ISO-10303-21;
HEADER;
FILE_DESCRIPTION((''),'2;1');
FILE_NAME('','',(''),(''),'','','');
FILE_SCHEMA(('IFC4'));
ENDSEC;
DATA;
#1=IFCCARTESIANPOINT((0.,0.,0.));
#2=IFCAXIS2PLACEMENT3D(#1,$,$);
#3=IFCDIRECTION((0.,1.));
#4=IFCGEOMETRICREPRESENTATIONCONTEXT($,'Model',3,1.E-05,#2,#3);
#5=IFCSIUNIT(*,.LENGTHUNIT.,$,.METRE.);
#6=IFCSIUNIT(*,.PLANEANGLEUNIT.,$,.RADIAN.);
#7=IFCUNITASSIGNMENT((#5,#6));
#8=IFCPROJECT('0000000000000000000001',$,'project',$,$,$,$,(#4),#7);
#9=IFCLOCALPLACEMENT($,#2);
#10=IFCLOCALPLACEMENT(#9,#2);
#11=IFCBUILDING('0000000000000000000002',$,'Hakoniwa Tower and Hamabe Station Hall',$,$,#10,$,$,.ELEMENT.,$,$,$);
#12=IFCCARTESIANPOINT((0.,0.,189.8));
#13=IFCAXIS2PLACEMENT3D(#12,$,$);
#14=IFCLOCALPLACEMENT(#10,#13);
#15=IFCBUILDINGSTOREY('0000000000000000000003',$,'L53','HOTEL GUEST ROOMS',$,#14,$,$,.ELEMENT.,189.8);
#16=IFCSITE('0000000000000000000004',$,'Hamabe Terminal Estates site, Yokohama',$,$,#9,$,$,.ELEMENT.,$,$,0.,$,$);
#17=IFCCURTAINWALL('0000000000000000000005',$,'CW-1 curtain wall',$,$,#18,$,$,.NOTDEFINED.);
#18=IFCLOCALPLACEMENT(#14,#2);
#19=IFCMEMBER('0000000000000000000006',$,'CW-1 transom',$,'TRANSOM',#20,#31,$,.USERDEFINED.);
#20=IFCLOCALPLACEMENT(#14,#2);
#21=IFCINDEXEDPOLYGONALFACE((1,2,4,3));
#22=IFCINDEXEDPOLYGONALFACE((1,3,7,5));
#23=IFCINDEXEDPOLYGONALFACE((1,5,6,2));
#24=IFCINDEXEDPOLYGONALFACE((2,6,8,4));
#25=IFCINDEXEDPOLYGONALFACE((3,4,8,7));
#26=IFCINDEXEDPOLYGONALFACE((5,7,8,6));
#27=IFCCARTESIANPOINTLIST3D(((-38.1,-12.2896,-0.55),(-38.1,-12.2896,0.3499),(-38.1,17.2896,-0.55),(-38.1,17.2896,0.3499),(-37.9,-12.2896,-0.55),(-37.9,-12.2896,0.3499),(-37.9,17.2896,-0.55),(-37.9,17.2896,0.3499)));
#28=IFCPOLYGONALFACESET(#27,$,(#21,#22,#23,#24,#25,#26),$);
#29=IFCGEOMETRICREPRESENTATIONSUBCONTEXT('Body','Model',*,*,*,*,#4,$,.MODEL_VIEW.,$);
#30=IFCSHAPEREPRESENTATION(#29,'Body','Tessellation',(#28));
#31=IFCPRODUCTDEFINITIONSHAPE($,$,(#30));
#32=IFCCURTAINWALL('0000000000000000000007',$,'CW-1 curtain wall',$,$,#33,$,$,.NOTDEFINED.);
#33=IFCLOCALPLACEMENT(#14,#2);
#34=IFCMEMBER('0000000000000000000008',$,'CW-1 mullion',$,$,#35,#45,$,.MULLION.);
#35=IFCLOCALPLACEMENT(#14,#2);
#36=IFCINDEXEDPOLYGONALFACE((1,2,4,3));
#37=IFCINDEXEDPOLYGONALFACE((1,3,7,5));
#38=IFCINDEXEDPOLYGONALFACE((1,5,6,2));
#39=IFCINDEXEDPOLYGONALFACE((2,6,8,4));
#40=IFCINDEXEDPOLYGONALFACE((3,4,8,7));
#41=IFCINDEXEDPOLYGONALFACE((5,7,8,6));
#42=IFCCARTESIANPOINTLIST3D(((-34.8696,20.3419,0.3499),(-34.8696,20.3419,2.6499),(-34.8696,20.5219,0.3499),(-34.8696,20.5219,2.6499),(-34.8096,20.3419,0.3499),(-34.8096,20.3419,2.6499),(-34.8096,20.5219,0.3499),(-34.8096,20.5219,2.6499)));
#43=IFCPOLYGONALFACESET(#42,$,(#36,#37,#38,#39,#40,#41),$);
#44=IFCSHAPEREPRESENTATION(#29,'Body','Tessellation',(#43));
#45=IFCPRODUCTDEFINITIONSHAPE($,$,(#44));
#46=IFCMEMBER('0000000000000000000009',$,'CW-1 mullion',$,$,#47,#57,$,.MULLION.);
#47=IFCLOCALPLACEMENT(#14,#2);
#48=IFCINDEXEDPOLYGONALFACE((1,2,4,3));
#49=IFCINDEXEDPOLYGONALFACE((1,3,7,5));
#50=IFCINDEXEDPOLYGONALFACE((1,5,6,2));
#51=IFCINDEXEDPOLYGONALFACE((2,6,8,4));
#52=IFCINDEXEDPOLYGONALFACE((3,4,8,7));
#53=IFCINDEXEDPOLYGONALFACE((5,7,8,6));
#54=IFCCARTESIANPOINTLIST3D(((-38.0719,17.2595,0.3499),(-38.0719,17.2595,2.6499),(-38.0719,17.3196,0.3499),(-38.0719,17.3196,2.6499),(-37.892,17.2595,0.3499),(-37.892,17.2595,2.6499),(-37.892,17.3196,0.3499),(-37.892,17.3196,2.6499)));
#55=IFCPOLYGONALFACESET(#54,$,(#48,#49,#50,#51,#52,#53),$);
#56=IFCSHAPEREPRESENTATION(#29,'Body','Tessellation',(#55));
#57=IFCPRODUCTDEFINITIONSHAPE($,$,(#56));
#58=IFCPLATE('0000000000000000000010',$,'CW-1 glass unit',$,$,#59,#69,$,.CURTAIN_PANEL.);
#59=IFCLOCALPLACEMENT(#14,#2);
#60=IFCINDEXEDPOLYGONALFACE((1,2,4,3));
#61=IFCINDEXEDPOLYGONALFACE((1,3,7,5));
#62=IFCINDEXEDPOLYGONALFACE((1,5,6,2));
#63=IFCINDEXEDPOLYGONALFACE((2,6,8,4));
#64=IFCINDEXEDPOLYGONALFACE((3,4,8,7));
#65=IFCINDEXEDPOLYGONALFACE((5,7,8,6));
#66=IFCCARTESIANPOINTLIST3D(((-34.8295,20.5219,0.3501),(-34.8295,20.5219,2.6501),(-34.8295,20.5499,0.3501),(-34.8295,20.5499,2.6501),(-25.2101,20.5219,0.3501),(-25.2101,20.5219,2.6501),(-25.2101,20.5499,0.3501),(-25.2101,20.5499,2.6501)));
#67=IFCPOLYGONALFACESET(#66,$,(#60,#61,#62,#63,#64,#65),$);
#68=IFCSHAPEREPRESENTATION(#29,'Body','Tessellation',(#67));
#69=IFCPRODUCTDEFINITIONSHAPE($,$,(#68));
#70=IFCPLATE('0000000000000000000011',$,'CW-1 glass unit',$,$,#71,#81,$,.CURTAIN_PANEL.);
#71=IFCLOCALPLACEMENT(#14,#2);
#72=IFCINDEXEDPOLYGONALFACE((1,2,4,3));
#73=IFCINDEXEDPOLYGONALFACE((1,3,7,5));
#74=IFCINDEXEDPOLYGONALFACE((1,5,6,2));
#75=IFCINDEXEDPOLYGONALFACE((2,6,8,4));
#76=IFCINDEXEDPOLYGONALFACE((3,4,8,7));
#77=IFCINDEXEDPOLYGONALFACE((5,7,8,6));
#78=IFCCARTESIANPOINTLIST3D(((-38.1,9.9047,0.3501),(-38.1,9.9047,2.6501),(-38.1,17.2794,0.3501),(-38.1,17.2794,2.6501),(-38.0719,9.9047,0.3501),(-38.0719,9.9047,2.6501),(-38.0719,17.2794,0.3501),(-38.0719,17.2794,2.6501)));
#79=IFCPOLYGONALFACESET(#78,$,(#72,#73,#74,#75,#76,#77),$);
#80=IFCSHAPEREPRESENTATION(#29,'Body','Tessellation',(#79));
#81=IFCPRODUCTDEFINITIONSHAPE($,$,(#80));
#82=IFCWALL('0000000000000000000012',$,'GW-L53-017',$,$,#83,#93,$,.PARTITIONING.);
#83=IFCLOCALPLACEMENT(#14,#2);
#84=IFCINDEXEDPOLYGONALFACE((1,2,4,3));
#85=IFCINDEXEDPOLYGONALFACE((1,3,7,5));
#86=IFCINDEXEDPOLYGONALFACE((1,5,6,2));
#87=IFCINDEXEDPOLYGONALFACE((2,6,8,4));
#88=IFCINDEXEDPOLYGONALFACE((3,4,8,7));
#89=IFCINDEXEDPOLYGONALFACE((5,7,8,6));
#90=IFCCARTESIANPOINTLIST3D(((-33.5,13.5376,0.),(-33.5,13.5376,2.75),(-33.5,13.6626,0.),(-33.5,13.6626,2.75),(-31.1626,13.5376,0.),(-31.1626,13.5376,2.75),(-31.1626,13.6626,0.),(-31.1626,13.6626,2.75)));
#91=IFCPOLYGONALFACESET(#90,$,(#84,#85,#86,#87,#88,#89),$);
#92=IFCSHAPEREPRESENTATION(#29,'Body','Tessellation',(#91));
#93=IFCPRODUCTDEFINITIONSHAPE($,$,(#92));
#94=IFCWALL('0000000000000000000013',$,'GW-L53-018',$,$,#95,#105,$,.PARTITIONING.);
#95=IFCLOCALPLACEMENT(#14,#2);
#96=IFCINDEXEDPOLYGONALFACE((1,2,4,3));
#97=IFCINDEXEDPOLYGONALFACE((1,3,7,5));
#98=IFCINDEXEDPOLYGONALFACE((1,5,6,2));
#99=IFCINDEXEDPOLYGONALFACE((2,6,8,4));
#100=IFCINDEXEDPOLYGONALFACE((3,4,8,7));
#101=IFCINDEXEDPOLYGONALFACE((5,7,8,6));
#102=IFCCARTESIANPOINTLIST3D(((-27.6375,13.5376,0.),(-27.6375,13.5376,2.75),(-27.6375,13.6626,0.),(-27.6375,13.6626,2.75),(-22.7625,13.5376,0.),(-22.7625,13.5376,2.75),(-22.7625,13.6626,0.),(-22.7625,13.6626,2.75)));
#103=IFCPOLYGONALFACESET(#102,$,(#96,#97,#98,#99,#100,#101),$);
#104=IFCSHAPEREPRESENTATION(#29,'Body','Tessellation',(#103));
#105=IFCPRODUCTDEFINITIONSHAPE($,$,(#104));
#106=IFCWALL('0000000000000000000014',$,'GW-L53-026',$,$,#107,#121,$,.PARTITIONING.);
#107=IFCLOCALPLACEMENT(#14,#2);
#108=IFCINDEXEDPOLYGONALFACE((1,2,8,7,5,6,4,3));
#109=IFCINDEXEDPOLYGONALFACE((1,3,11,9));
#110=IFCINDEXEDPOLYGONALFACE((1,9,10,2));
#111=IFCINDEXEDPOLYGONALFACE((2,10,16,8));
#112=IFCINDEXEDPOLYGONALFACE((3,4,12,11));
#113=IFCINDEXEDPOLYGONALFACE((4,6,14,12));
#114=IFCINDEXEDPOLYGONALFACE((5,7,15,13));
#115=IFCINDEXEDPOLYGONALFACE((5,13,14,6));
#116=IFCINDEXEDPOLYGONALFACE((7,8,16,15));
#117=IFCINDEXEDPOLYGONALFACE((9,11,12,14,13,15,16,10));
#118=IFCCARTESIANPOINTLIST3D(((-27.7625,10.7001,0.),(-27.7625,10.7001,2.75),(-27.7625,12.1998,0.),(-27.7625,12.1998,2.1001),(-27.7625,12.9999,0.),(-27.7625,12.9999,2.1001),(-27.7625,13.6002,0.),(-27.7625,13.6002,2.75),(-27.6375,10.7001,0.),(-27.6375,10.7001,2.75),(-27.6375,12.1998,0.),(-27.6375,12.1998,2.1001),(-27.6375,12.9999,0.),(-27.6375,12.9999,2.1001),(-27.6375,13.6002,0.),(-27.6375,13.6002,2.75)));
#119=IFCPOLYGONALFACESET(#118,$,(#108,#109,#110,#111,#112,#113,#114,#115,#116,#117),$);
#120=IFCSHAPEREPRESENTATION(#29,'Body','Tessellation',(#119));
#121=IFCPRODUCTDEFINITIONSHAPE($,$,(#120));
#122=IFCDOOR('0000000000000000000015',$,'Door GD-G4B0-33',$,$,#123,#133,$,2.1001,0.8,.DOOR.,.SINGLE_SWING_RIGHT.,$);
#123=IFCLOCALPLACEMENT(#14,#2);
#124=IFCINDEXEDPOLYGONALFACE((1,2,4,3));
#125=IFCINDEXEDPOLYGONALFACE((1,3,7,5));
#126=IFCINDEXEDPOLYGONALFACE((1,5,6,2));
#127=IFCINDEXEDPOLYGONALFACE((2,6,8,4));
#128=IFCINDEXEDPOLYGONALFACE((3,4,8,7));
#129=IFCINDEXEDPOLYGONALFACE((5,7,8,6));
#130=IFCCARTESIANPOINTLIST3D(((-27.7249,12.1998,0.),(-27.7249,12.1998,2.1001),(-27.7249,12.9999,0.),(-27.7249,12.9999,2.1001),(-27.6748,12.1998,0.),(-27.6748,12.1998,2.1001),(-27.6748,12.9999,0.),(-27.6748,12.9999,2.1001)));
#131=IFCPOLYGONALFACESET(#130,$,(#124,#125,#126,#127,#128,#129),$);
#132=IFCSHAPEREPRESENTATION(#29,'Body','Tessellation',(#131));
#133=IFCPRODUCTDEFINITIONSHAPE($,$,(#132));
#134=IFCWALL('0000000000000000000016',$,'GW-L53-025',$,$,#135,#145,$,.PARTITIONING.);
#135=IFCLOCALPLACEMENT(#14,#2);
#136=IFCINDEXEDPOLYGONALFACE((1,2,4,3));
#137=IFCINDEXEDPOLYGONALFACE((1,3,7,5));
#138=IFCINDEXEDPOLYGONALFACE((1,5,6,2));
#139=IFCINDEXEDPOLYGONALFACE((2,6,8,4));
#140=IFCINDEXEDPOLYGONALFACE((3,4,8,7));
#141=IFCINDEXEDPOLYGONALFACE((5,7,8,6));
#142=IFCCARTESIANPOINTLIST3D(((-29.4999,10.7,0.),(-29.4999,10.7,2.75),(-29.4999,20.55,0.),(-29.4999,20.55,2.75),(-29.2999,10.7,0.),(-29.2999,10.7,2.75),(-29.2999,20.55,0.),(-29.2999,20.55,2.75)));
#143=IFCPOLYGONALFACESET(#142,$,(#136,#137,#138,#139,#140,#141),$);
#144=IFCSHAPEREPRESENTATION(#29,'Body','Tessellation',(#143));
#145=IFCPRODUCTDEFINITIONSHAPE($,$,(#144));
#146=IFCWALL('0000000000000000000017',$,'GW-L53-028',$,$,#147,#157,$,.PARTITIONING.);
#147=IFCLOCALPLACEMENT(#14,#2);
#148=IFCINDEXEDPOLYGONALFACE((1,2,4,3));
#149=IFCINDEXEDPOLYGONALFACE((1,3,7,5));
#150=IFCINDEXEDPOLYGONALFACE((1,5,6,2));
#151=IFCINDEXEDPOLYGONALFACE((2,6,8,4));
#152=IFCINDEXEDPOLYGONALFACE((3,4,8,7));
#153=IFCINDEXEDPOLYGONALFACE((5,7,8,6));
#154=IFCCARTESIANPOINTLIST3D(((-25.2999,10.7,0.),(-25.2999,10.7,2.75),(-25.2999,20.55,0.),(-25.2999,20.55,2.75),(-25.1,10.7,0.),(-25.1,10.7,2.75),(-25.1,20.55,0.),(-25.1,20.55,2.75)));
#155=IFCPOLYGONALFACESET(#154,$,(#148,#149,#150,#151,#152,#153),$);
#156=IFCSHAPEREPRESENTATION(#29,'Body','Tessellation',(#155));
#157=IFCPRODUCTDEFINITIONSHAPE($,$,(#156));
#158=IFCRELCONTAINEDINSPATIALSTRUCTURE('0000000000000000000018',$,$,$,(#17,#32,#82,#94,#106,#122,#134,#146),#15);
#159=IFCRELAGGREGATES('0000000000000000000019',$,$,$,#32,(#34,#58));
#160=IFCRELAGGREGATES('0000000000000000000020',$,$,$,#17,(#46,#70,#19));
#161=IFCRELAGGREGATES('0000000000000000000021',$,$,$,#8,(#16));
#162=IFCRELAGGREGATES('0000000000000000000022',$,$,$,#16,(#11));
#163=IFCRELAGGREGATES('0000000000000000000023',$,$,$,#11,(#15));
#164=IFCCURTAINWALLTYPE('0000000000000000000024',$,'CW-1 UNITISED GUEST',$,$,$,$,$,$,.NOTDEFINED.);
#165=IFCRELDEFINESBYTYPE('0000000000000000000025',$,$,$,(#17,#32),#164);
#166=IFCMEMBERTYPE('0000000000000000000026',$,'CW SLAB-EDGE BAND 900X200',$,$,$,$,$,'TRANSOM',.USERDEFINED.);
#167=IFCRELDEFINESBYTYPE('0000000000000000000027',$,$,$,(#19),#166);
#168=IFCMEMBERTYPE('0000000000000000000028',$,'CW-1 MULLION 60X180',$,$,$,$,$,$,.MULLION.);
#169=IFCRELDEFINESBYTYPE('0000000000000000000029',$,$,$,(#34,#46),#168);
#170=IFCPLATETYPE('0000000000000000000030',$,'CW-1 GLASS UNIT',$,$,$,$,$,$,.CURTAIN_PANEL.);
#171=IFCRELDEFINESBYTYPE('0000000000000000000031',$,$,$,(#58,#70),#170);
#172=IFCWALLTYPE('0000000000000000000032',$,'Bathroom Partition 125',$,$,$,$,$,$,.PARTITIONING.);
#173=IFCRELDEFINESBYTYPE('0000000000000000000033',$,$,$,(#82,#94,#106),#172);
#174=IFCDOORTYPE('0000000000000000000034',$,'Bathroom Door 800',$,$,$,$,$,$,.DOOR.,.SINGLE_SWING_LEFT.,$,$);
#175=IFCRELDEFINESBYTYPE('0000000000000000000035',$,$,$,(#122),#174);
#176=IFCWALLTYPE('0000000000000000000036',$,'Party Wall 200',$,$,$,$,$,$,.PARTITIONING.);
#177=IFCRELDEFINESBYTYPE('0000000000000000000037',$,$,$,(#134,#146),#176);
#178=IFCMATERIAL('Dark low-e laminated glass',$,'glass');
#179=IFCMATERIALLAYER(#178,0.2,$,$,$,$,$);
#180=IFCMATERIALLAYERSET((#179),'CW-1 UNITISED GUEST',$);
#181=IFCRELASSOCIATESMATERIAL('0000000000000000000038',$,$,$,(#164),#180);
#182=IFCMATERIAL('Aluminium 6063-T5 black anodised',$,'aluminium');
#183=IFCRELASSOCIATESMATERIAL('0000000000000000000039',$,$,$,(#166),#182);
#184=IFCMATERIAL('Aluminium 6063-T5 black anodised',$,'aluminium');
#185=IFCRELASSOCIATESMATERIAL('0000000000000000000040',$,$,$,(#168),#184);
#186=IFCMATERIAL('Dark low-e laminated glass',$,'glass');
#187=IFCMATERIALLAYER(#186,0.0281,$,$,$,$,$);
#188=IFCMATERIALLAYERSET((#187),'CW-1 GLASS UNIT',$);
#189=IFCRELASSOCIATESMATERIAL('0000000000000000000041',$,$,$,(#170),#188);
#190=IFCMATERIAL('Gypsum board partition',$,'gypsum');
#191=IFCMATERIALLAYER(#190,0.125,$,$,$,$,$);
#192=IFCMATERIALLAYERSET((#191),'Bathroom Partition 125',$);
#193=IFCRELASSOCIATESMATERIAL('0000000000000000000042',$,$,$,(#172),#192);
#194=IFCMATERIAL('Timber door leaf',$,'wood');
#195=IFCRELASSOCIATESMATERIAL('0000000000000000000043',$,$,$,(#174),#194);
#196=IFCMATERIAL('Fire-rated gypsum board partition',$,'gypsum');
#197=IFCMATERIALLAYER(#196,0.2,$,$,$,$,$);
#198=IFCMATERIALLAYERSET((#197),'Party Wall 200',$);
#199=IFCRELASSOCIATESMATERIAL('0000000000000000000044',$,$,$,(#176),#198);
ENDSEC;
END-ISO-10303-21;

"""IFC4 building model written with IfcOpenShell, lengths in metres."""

from ifc_helpers import new_model, si_unit, direction, frame, frame_2d, origin, origin_2d, place, context, subcontext, project, spatial, rectangle, extrude, material, layer, layer_set, material_profile, profile_set, type_object, element, fill, aggregate, save


model = new_model("IFC4")

# Units and contexts
model_context = context("Model", 3, precision=1e-05, world=origin(), true_north=direction((0.0, 1.0)))
body_context = subcontext(model_context, "Body", "Model", "MODEL_VIEW")
ifc_project = project(units=[si_unit("LENGTHUNIT", "METRE"), si_unit("PLANEANGLEUNIT", "RADIAN")], contexts=[model_context])

# Site, building, storey
site_placement = place(None, origin())
site = spatial("IfcSite", under=ifc_project, at=site_placement, Name="Hamabe Terminal Estates site, Yokohama", CompositionType="ELEMENT", RefElevation=0.0)
building_placement = place(site_placement, origin())
building = spatial("IfcBuilding", under=site, at=building_placement, Name="Hakoniwa Tower and Hamabe Station Hall", CompositionType="ELEMENT")
storey_placement = place(building_placement, frame((0.0, 0.0, 189.8)))
storey = spatial("IfcBuildingStorey", under=building, at=storey_placement, Name="L53", Description="HOTEL GUEST ROOMS", CompositionType="ELEMENT", Elevation=189.8)

# Curtain walls, members
ifc_material_1 = material(Name="Dark low-e laminated glass", Category="glass")
ifc_layer_1 = layer(ifc_material_1, 0.2)
ifc_layer_set_1 = layer_set([ifc_layer_1], Name="CW-1 UNITISED GUEST")
curtain_wall_type = type_object("IfcCurtainWallType", Name="CW-1 UNITISED GUEST", PredefinedType="NOTDEFINED", material=ifc_layer_set_1)
curtain_wall_1_placement = place(storey_placement, origin())
curtain_wall_1 = element("IfcCurtainWall", 1, at=curtain_wall_1_placement, inside=storey, type_object=curtain_wall_type, Name="CW-1 curtain wall", PredefinedType="NOTDEFINED")
ifc_material_2 = material(Name="Aluminium 6063-T5 black anodised", Category="aluminium")
ifc_material_profile_1 = material_profile(ifc_material_2, rectangle(XDim=0.2, YDim=0.8999, at=origin_2d()), Name="CW SLAB-EDGE BAND 900X200")
ifc_profile_set_1 = profile_set([ifc_material_profile_1], Name="Aluminium 6063-T5 black anodised")
member_type_1 = type_object("IfcMemberType", Name="CW SLAB-EDGE BAND 900X200", ElementType="TRANSOM", PredefinedType="USERDEFINED", material=ifc_profile_set_1)
member_1_placement = place(storey_placement, frame((-38.0, 17.2896, -0.1001), z_axis=(0.0, -1.0, 0.0), x_axis=(1.0, 0.0, 0.0)))
member_1 = element("IfcMember", 2, at=member_1_placement, type_object=member_type_1, Name="CW-1 transom", ObjectType="TRANSOM", PredefinedType="USERDEFINED", context=body_context, shape_type="SweptSolid", body=[
    extrude(rectangle(XDim=0.2, YDim=0.8999, at=origin_2d()), origin(), (0.0, 0.0, 1.0), 29.5791),
])
curtain_wall_2_placement = place(storey_placement, origin())
curtain_wall_2 = element("IfcCurtainWall", 3, at=curtain_wall_2_placement, inside=storey, type_object=curtain_wall_type, Name="CW-1 curtain wall", PredefinedType="NOTDEFINED")
ifc_material_3 = material(Name="Aluminium 6063-T5 black anodised", Category="aluminium")
ifc_material_profile_2 = material_profile(ifc_material_3, rectangle(XDim=0.0601, YDim=0.1799, at=origin_2d()), Name="CW-1 MULLION 60X180")
ifc_profile_set_2 = profile_set([ifc_material_profile_2], Name="Aluminium 6063-T5 black anodised")
member_type_2 = type_object("IfcMemberType", Name="CW-1 MULLION 60X180", PredefinedType="MULLION", material=ifc_profile_set_2)
member_2_placement = place(storey_placement, frame((-34.8396, 20.4319, 0.3499), z_axis=(0.0, 0.0, 1.0), x_axis=(-1.0, 0.0, 0.0)))
member_2 = element("IfcMember", 4, at=member_2_placement, type_object=member_type_2, Name="CW-1 mullion", PredefinedType="MULLION", context=body_context, shape_type="SweptSolid", body=[
    extrude(rectangle(XDim=0.0601, YDim=0.1799, at=origin_2d()), origin(), (0.0, 0.0, 1.0), 2.3),
])

# Member
member_3_placement = place(storey_placement, frame((-37.9819, 17.2896, 0.3499), z_axis=(0.0, 0.0, 1.0), x_axis=(0.0, -1.0, 0.0)))
member_3 = element("IfcMember", 5, at=member_3_placement, type_object=member_type_2, Name="CW-1 mullion", PredefinedType="MULLION", context=body_context, shape_type="SweptSolid", body=[
    extrude(rectangle(XDim=0.0601, YDim=0.1799, at=origin_2d()), origin(), (0.0, 0.0, 1.0), 2.3),
])

# Plates
ifc_material_4 = material(Name="Dark low-e laminated glass", Category="glass")
ifc_layer_2 = layer(ifc_material_4, 0.0281)
ifc_layer_set_2 = layer_set([ifc_layer_2], Name="CW-1 GLASS UNIT")
plate_type = type_object("IfcPlateType", Name="CW-1 GLASS UNIT", PredefinedType="CURTAIN_PANEL", material=ifc_layer_set_2)
plate_1_placement = place(storey_placement, frame((-30.0198, 20.5359, 0.3501), z_axis=(0.0, 0.0, 1.0), x_axis=(-1.0, 0.0, 0.0)))
plate_1 = element("IfcPlate", 6, at=plate_1_placement, type_object=plate_type, Name="CW-1 glass unit", PredefinedType="CURTAIN_PANEL", context=body_context, shape_type="SweptSolid", body=[
    extrude(rectangle(XDim=9.6194, YDim=0.0281, at=origin_2d()), origin(), (0.0, 0.0, 1.0), 2.3),
])
aggregate(curtain_wall_2, [member_2, plate_1])
plate_2_placement = place(storey_placement, frame((-38.0859, 13.592, 0.3501), z_axis=(0.0, 0.0, 1.0), x_axis=(0.0, -1.0, 0.0)))
plate_2 = element("IfcPlate", 7, at=plate_2_placement, type_object=plate_type, Name="CW-1 glass unit", PredefinedType="CURTAIN_PANEL", context=body_context, shape_type="SweptSolid", body=[
    extrude(rectangle(XDim=7.3748, YDim=0.0281, at=origin_2d()), origin(), (0.0, 0.0, 1.0), 2.3),
])
aggregate(curtain_wall_1, [member_3, plate_2, member_1])

# Walls
ifc_material_5 = material(Name="Gypsum board partition", Category="gypsum")
ifc_layer_3 = layer(ifc_material_5, 0.125)
ifc_layer_set_3 = layer_set([ifc_layer_3], Name="Bathroom Partition 125")
wall_type_1 = type_object("IfcWallType", Name="Bathroom Partition 125", PredefinedType="PARTITIONING", material=ifc_layer_set_3)
wall_1_placement = place(storey_placement, frame((-33.5, 13.6001, 0.0), z_axis=(0.0, 0.0, 1.0), x_axis=(1.0, 0.0, 0.0)))
element("IfcWall", 8, at=wall_1_placement, inside=storey, type_object=wall_type_1, Name="GW-L53-017", PredefinedType="PARTITIONING", context=body_context, shape_type="SweptSolid", body=[
    extrude(rectangle(XDim=2.3374, YDim=0.125, at=frame_2d((1.1687, 0.0))), origin(), (0.0, 0.0, 1.0), 2.75),
])
wall_2_placement = place(storey_placement, frame((-27.6375, 13.6001, 0.0), z_axis=(0.0, 0.0, 1.0), x_axis=(1.0, 0.0, 0.0)))
element("IfcWall", 9, at=wall_2_placement, inside=storey, type_object=wall_type_1, Name="GW-L53-018", PredefinedType="PARTITIONING", context=body_context, shape_type="SweptSolid", body=[
    extrude(rectangle(XDim=4.875, YDim=0.125, at=frame_2d((2.4375, 0.0))), origin(), (0.0, 0.0, 1.0), 2.75),
])

# Wall, opening, door
wall_3_placement = place(storey_placement, frame((-27.7, 10.7, 0.0), z_axis=(0.0, 0.0, 1.0), x_axis=(0.0, 1.0, 0.0)))
wall_3 = element("IfcWall", 10, at=wall_3_placement, inside=storey, type_object=wall_type_1, Name="GW-L53-026", PredefinedType="PARTITIONING", context=body_context, shape_type="SweptSolid", body=[
    extrude(rectangle(XDim=2.9001, YDim=0.125, at=frame_2d((1.4502, 0.0))), origin(), (0.0, 0.0, 1.0), 2.75),
])
opening_placement = place(wall_3_placement, frame((1.5, 0.0, 0.0)))
opening = element("IfcOpeningElement", 11, at=opening_placement, cuts=wall_3, PredefinedType="OPENING", context=body_context, shape_type="SweptSolid", body=[
    extrude(rectangle(XDim=0.8, YDim=2.1001, at=frame_2d((0.3999, 1.05))), frame((0.0, 0.0725, 0.0), z_axis=(0.0, -1.0, 0.0), x_axis=(1.0, 0.0, 0.0)), (0.0, 0.0, 1.0), 0.145),
])
ifc_material_6 = material(Name="Timber door leaf", Category="wood")
door_type = type_object("IfcDoorType", Name="Bathroom Door 800", OperationType="SINGLE_SWING_LEFT", PredefinedType="DOOR", material=ifc_material_6)
door_placement = place(opening_placement, origin())
door = element("IfcDoor", 12, at=door_placement, inside=storey, type_object=door_type, Name="Door GD-G4B0-33", OperationType="SINGLE_SWING_RIGHT", OverallHeight=2.1001, OverallWidth=0.8, PredefinedType="DOOR", context=body_context, shape_type="SweptSolid", body=[
    extrude(rectangle(XDim=0.8, YDim=2.1001, at=frame_2d((0.3999, 1.05))), frame((0.0, 0.0249, 0.0), z_axis=(0.0, -1.0, 0.0), x_axis=(1.0, 0.0, 0.0)), (0.0, 0.0, 1.0), 0.05),
])
fill(opening, door)

# Walls
ifc_material_7 = material(Name="Fire-rated gypsum board partition", Category="gypsum")
ifc_layer_4 = layer(ifc_material_7, 0.2)
ifc_layer_set_4 = layer_set([ifc_layer_4], Name="Party Wall 200")
wall_type_2 = type_object("IfcWallType", Name="Party Wall 200", PredefinedType="PARTITIONING", material=ifc_layer_set_4)
for number, where, z_axis, x_axis, name in (
    (13, (-29.3999, 10.7, 0.0), (0.0, 0.0, 1.0), (0.0, 1.0, 0.0), "GW-L53-025"),
    (14, (-25.2, 10.7, 0.0), (0.0, 0.0, 1.0), (0.0, 1.0, 0.0), "GW-L53-028"),
):
    element("IfcWall", number, at=place(storey_placement, frame(where, z_axis=z_axis, x_axis=x_axis)), inside=storey, type_object=wall_type_2, Name=name, PredefinedType="PARTITIONING", context=body_context, shape_type="SweptSolid", body=[
        extrude(rectangle(XDim=9.8501, YDim=0.2, at=frame_2d((4.925, 0.0))), origin(), (0.0, 0.0, 1.0), 2.75),
    ])

save(model, "model.ifc")
